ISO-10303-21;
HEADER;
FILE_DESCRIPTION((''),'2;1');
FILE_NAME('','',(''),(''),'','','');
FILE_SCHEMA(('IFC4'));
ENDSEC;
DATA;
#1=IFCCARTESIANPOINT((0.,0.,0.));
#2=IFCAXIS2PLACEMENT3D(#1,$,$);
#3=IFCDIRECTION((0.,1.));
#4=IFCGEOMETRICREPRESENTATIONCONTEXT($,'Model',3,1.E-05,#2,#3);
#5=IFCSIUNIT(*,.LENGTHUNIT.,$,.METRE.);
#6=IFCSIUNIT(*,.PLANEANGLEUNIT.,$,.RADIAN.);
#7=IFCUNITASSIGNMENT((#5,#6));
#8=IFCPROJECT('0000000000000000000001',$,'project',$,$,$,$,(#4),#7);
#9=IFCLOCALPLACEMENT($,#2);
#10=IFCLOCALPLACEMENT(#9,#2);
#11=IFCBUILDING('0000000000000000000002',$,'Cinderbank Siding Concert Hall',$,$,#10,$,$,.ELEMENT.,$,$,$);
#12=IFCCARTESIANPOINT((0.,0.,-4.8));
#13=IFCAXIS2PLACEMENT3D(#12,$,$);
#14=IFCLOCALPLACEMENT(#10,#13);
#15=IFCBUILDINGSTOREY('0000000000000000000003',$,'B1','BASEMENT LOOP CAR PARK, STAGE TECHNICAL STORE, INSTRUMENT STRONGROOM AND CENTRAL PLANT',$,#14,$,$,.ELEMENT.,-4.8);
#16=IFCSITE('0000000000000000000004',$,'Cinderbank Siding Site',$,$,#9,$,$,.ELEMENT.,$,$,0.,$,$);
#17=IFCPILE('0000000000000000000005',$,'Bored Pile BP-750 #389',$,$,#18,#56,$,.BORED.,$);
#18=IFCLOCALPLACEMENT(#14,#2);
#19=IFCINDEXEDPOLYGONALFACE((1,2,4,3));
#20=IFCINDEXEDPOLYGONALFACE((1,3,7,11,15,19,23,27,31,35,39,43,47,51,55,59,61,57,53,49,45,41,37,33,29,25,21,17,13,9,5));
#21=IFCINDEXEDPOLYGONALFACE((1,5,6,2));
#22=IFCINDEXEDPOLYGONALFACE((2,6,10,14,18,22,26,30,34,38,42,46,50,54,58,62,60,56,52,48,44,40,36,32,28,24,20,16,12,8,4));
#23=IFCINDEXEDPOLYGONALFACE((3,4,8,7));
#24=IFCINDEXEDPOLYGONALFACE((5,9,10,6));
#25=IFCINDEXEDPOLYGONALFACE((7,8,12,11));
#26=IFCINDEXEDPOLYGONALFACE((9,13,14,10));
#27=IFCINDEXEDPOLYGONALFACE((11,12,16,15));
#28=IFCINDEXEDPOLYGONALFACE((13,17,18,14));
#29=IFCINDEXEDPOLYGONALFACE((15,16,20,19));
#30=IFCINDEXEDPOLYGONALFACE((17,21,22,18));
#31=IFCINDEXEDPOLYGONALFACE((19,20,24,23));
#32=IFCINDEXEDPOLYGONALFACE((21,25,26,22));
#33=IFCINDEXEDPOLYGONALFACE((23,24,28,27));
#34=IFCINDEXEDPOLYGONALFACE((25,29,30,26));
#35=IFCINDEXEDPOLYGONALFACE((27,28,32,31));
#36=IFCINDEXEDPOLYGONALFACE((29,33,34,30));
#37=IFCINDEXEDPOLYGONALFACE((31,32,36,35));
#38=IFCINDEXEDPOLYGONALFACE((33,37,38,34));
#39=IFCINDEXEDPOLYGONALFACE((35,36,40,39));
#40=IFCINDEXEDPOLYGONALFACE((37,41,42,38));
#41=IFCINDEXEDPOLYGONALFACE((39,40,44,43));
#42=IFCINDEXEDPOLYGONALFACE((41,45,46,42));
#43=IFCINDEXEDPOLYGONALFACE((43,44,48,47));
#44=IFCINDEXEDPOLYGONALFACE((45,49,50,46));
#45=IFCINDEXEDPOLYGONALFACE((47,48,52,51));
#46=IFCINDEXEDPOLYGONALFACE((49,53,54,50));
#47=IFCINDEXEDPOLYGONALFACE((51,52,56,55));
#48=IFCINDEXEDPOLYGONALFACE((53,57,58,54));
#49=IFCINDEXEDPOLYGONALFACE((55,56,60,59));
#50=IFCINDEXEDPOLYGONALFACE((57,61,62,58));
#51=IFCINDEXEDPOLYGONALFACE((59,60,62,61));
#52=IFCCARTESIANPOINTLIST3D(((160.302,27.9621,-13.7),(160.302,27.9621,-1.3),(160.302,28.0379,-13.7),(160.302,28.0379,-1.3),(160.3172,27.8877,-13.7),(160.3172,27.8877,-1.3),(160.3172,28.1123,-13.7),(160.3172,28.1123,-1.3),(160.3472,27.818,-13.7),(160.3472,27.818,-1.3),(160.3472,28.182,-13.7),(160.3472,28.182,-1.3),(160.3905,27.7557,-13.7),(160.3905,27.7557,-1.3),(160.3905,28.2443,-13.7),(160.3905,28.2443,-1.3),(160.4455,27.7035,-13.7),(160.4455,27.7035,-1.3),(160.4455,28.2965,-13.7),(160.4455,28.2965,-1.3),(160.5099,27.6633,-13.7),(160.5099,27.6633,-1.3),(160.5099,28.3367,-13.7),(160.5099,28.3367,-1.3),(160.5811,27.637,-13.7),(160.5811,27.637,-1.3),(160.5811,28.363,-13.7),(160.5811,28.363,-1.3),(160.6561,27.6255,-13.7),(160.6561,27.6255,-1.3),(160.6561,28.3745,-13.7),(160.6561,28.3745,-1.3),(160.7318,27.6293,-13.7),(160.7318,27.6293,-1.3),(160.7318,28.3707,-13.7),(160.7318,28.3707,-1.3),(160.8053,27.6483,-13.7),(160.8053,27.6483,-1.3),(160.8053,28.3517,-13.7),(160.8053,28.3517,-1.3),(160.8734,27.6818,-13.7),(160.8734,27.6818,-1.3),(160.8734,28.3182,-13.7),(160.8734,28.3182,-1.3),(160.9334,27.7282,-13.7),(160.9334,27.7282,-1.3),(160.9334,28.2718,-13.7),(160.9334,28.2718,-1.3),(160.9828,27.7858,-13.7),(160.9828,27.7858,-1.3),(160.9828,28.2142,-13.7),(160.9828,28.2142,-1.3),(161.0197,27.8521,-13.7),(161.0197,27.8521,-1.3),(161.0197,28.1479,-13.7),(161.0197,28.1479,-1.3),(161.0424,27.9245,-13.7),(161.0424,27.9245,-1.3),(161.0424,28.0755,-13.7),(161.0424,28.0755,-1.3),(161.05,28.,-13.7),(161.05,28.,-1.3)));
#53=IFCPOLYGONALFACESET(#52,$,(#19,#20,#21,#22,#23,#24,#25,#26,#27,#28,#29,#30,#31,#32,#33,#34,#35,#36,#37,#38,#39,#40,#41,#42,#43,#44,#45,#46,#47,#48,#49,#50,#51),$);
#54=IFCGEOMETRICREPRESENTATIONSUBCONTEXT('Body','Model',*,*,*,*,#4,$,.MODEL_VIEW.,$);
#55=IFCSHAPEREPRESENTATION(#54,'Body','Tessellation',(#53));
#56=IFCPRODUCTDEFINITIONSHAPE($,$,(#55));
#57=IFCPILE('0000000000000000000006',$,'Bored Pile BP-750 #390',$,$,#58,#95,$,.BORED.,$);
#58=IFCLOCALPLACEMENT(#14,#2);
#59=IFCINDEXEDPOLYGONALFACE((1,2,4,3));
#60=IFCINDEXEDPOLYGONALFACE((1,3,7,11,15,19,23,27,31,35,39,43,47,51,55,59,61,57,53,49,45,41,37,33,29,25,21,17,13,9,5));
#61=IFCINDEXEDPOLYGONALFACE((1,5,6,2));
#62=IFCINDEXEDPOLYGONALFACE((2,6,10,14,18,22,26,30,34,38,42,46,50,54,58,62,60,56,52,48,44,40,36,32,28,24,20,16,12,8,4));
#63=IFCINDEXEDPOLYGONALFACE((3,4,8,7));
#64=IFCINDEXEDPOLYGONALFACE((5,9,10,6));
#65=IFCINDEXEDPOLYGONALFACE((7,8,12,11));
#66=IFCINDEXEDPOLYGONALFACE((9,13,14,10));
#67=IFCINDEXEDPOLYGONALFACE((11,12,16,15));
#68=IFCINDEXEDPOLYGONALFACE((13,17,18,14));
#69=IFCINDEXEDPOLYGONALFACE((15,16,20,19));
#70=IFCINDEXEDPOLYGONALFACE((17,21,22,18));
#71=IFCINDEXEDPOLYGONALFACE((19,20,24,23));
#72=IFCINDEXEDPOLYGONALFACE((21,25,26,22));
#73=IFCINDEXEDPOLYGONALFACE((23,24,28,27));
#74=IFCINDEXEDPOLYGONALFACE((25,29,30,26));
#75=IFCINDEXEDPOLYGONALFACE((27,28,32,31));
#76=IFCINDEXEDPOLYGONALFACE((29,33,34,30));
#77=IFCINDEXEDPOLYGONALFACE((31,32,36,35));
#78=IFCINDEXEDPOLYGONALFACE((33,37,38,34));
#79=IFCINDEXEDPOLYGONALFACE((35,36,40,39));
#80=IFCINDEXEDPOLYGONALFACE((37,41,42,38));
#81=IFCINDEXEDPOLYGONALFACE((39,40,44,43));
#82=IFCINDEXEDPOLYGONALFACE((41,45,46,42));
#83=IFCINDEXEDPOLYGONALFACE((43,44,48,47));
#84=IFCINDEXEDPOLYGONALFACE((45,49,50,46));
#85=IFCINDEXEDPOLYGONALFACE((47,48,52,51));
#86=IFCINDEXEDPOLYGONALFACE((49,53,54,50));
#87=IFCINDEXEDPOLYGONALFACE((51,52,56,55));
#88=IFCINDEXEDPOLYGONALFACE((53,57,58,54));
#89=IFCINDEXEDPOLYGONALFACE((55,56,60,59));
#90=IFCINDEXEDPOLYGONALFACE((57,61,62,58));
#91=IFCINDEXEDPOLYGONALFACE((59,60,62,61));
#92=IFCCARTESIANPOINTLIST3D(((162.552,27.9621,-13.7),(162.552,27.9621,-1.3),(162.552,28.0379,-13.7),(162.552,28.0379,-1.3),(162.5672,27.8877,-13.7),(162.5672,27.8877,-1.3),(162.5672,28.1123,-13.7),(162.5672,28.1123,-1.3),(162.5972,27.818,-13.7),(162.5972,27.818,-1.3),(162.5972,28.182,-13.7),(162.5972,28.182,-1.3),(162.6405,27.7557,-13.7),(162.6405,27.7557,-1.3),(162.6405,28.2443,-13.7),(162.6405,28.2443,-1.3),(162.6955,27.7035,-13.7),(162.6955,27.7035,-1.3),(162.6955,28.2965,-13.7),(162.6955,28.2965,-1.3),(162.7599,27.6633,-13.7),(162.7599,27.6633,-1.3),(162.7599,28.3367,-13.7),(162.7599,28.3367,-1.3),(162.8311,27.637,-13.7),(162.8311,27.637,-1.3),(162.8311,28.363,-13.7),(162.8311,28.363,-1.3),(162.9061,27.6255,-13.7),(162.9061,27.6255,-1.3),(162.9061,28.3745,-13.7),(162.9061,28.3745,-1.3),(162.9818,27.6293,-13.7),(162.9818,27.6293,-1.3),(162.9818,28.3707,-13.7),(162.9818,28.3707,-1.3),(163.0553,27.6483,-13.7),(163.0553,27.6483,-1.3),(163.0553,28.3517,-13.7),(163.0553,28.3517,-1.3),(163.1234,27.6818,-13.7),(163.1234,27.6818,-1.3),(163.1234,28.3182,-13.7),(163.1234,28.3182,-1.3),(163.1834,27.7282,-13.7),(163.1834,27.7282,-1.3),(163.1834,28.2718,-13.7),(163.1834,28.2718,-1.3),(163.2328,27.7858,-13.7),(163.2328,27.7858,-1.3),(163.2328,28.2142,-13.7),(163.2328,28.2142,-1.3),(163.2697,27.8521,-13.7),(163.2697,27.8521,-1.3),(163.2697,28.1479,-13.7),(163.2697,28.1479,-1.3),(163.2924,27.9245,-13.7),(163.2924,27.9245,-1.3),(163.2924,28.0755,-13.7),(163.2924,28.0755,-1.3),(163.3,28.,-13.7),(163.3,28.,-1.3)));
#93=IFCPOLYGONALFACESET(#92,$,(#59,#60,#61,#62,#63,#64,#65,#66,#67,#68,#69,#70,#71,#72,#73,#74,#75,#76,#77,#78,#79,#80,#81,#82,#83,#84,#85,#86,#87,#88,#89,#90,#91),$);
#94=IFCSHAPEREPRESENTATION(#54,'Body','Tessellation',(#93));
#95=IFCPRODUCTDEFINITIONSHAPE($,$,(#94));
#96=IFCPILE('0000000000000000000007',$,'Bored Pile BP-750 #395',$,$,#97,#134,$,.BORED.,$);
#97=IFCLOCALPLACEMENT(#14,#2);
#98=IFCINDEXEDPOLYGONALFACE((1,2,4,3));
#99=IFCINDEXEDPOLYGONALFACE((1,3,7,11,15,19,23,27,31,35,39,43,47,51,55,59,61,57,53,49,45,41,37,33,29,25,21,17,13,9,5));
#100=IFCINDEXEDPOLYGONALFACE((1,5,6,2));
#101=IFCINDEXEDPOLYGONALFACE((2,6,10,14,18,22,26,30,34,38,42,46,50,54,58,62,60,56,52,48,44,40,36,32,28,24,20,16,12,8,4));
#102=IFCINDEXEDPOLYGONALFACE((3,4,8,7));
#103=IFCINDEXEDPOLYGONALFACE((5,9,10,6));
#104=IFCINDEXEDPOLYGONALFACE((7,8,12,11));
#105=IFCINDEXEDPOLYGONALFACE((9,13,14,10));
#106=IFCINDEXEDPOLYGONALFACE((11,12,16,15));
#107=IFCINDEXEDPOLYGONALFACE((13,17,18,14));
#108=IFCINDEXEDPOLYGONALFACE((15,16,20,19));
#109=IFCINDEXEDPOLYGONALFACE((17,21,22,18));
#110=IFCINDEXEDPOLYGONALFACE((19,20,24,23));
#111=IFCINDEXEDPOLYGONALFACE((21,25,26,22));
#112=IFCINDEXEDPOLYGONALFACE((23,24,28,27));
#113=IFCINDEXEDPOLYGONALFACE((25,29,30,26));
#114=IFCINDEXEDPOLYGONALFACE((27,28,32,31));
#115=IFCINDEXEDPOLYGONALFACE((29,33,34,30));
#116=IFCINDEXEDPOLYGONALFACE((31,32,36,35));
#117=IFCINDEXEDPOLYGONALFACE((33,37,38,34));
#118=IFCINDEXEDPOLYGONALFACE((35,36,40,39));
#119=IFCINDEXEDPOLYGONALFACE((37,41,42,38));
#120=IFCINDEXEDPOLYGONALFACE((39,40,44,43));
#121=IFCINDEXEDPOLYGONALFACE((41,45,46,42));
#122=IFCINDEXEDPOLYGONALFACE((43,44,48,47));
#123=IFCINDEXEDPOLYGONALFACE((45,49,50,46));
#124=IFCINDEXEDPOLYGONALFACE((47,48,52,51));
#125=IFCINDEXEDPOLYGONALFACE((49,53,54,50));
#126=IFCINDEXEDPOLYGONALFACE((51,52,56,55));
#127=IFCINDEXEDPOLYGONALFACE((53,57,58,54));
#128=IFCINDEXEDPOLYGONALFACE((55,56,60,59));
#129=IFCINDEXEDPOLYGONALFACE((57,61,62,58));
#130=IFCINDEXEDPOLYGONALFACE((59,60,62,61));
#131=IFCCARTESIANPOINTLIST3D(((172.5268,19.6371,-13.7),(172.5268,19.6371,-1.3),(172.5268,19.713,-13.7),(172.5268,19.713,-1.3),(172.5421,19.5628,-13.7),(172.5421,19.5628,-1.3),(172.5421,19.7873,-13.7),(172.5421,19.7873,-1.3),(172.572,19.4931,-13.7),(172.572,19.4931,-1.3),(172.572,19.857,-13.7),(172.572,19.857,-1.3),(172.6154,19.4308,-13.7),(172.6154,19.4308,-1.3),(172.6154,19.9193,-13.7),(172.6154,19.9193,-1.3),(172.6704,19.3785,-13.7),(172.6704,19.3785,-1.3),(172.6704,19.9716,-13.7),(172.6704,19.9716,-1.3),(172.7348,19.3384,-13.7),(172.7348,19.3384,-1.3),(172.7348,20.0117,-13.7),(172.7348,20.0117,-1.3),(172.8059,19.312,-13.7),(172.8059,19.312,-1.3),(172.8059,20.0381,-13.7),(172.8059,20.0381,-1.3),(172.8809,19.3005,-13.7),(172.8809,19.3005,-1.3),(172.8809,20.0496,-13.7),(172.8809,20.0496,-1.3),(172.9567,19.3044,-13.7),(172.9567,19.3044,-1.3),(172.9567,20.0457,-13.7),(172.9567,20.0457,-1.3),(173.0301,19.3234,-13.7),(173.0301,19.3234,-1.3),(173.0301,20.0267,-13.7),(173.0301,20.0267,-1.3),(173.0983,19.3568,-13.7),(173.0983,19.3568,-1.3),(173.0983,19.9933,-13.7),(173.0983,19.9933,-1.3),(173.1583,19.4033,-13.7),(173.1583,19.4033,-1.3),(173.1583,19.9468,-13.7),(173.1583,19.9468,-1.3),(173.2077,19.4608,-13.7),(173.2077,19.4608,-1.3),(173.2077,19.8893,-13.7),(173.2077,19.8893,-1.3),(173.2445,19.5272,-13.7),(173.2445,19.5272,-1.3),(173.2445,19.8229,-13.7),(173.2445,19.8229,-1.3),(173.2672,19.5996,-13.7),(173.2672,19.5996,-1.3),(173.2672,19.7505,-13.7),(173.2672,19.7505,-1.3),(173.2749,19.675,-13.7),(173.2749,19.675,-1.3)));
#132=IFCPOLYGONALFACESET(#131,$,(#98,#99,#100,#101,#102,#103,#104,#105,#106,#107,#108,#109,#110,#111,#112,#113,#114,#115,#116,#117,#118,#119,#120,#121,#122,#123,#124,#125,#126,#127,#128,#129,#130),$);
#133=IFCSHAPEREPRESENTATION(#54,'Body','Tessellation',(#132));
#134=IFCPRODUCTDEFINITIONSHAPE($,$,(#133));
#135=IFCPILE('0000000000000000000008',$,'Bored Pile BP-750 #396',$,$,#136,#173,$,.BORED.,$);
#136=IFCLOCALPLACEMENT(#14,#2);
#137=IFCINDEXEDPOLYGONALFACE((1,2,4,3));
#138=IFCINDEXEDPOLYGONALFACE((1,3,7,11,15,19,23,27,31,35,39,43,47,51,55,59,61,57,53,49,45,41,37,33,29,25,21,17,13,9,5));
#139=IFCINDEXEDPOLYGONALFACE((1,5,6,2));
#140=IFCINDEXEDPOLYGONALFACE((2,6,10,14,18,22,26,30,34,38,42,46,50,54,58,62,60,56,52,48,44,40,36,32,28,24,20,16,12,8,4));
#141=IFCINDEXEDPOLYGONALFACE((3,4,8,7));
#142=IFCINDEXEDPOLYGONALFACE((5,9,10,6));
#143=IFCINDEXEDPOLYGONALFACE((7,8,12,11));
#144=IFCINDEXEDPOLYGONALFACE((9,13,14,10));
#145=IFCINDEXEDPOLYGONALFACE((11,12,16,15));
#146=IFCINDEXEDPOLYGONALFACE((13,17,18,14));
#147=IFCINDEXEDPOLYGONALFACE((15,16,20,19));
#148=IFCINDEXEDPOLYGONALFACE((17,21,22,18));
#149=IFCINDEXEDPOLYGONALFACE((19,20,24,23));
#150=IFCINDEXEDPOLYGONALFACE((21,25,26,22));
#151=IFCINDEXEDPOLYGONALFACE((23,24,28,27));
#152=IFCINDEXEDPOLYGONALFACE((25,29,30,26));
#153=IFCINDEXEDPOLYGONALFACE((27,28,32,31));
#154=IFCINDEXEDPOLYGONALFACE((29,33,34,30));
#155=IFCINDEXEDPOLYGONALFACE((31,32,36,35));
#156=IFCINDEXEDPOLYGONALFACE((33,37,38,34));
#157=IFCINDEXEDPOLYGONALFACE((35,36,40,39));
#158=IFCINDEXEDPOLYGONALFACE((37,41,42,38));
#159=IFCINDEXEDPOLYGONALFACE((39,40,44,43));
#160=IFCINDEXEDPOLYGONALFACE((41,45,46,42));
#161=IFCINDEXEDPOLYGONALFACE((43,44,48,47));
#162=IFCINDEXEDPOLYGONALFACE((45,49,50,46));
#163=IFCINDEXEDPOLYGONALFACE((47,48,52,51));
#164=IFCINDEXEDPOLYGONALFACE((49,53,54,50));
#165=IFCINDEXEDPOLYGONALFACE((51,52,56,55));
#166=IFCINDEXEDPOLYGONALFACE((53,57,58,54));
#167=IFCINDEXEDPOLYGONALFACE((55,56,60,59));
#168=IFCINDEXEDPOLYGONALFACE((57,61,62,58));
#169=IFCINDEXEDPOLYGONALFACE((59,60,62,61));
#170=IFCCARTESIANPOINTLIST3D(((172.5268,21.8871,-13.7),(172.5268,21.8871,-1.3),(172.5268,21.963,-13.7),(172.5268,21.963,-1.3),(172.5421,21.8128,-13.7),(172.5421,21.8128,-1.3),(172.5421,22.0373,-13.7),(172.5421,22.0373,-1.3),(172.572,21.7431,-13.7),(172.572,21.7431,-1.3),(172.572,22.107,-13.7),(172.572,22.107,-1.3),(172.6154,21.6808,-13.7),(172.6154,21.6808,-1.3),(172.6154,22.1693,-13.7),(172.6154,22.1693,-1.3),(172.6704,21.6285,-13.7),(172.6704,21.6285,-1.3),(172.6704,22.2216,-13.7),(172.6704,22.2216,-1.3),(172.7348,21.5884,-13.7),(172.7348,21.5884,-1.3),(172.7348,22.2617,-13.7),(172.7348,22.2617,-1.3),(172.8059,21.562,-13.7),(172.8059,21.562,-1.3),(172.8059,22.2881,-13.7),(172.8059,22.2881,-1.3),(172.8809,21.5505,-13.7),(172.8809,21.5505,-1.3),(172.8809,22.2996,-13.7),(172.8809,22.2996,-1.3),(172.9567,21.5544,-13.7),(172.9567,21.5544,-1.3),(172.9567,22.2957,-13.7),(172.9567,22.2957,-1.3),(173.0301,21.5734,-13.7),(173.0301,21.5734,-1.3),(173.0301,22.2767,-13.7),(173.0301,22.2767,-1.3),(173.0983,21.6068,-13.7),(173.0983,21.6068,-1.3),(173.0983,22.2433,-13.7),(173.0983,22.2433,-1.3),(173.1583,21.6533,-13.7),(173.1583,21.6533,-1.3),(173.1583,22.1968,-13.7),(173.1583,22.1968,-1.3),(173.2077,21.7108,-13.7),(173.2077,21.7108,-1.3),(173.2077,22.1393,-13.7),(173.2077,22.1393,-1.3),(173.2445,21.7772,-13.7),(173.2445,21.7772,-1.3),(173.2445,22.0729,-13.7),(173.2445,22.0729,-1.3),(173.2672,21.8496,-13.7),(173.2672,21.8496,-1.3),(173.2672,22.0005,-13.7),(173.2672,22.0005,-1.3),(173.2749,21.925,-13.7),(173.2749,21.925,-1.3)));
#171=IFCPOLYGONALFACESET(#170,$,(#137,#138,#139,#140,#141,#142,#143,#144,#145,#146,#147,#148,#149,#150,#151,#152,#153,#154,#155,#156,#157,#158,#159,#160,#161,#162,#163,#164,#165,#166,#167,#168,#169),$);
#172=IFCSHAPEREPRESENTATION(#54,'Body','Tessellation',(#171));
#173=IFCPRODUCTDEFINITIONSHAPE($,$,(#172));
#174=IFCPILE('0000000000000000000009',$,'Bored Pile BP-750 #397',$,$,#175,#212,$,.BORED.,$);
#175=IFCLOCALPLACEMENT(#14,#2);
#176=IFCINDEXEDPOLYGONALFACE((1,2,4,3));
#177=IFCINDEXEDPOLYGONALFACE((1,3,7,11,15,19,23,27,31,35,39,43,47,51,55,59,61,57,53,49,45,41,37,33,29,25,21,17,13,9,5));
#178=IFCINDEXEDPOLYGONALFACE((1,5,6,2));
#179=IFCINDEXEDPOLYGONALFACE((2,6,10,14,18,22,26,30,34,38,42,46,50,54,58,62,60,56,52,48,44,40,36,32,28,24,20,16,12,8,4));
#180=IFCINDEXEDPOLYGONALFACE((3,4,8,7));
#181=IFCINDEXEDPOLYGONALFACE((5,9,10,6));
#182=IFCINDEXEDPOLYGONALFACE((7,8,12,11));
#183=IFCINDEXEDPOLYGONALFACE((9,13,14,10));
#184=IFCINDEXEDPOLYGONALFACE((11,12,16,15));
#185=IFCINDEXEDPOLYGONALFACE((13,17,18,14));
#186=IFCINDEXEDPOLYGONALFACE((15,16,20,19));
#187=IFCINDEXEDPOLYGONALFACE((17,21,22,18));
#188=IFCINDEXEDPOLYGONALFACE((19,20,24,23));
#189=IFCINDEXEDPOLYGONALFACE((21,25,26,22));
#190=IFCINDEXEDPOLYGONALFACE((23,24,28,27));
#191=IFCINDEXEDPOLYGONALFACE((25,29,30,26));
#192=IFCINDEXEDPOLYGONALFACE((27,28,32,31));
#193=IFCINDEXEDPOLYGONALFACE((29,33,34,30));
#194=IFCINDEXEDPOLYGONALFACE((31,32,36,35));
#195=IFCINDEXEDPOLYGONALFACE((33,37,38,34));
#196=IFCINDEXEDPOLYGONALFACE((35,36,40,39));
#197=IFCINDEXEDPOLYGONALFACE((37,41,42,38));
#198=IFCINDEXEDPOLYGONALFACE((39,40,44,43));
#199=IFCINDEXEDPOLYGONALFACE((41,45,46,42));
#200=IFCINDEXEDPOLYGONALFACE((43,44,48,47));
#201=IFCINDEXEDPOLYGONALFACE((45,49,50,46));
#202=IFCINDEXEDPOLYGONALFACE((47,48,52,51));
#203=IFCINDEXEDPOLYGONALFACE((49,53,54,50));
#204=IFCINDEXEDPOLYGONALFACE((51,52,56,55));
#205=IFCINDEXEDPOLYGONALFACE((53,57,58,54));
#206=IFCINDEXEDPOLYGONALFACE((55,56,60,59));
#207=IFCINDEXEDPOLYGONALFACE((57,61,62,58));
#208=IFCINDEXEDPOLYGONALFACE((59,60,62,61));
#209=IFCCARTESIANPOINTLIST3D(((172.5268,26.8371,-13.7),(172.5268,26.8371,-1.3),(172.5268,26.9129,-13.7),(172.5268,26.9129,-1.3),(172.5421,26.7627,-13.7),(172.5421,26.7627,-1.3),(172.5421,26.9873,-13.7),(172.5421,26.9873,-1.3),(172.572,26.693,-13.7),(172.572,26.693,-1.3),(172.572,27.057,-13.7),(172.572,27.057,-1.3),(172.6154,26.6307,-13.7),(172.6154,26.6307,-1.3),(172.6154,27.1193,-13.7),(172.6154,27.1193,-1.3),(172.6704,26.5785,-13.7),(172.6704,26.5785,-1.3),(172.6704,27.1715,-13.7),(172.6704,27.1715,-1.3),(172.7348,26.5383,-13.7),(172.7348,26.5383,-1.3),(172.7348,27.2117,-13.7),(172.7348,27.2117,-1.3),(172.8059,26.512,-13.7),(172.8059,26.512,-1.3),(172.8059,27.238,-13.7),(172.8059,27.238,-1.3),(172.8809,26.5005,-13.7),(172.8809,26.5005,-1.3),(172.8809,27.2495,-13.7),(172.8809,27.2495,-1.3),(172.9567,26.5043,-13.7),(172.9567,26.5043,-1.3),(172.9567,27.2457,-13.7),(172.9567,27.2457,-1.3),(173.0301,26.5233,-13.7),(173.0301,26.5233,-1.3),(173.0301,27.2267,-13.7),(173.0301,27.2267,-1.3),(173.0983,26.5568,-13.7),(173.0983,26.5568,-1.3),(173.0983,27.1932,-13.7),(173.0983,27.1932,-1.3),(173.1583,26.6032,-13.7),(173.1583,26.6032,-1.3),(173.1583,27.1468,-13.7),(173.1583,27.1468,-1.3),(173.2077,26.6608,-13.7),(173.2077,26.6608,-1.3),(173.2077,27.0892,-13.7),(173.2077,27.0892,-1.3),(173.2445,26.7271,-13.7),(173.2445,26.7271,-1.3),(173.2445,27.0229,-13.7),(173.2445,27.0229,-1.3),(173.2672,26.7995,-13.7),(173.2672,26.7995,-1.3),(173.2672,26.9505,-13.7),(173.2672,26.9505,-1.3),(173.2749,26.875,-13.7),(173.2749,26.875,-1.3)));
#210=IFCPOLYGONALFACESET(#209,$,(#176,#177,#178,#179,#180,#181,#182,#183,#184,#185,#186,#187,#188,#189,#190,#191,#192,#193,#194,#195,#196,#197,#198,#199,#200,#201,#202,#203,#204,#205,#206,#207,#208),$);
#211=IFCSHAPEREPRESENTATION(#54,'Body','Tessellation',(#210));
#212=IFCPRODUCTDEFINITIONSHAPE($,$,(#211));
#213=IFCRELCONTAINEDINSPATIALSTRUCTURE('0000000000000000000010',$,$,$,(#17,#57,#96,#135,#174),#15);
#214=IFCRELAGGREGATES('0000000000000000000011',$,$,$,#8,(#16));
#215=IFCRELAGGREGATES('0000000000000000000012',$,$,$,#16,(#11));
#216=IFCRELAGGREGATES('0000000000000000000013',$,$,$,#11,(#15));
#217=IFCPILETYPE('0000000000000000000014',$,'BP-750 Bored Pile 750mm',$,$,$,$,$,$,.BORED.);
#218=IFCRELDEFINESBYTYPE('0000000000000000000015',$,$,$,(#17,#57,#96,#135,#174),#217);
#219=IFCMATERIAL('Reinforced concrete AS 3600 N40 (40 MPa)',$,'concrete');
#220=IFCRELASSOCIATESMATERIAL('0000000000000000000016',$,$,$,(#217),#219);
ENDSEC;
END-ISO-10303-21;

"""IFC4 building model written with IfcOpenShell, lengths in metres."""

from ifc_helpers import new_model, si_unit, direction, frame, origin, origin_2d, place, context, subcontext, project, spatial, circle, extrude, material, material_profile, profile_set, type_object, element, save


model = new_model("IFC4")

# Units and contexts
model_context = context("Model", 3, precision=1e-05, world=origin(), true_north=direction((0.0, 1.0)))
body_context = subcontext(model_context, "Body", "Model", "MODEL_VIEW")
ifc_project = project(units=[si_unit("LENGTHUNIT", "METRE"), si_unit("PLANEANGLEUNIT", "RADIAN")], contexts=[model_context])

# Site, building, storey
site_placement = place(None, origin())
site = spatial("IfcSite", under=ifc_project, at=site_placement, Name="Cinderbank Siding Site", CompositionType="ELEMENT", RefElevation=0.0)
building_placement = place(site_placement, origin())
building = spatial("IfcBuilding", under=site, at=building_placement, Name="Cinderbank Siding Concert Hall", CompositionType="ELEMENT")
storey_placement = place(building_placement, frame((0.0, 0.0, -4.8)))
storey = spatial("IfcBuildingStorey", under=building, at=storey_placement, Name="B1", Description="BASEMENT LOOP CAR PARK, STAGE TECHNICAL STORE, INSTRUMENT STRONGROOM AND CENTRAL PLANT", CompositionType="ELEMENT", Elevation=-4.8)

# Piles
ifc_material_1 = material(Name="Reinforced concrete AS 3600 N40 (40 MPa)", Category="concrete")
ifc_material_profile_1 = material_profile(ifc_material_1, circle(Radius=0.375, at=origin_2d()), Name="PILE-750DIA", Category="LoadBearing")
ifc_profile_set_1 = profile_set([ifc_material_profile_1], Name="Reinforced concrete AS 3600 N40 (40 MPa)")
pile_type_1 = type_object("IfcPileType", Name="BP-750 Bored Pile 750mm", PredefinedType="BORED", material=ifc_profile_set_1)
for number, where, z_axis, x_axis, name in (
    (1, (160.675, 28.0, -1.3), (0.0, 0.0, -1.0), (1.0, 0.0, 0.0), "Bored Pile BP-750 #389"),
    (2, (162.925, 28.0, -1.3), (0.0, 0.0, -1.0), (1.0, 0.0, 0.0), "Bored Pile BP-750 #390"),
    (3, (172.8999, 19.675, -1.3), (0.0, 0.0, -1.0), (1.0, 0.0, 0.0), "Bored Pile BP-750 #395"),
    (4, (172.8999, 21.925, -1.3), (0.0, 0.0, -1.0), (1.0, 0.0, 0.0), "Bored Pile BP-750 #396"),
    (5, (172.8999, 26.875, -1.3), (0.0, 0.0, -1.0), (1.0, 0.0, 0.0), "Bored Pile BP-750 #397"),
):
    element("IfcPile", number, at=place(storey_placement, frame(where, z_axis=z_axis, x_axis=x_axis)), inside=storey, type_object=pile_type_1, Name=name, PredefinedType="BORED", context=body_context, shape_type="SweptSolid", body=[
        extrude(circle(Radius=0.375, at=origin_2d()), origin(), (0.0, 0.0, 1.0), 12.3999),
    ])

save(model, "model.ifc")
